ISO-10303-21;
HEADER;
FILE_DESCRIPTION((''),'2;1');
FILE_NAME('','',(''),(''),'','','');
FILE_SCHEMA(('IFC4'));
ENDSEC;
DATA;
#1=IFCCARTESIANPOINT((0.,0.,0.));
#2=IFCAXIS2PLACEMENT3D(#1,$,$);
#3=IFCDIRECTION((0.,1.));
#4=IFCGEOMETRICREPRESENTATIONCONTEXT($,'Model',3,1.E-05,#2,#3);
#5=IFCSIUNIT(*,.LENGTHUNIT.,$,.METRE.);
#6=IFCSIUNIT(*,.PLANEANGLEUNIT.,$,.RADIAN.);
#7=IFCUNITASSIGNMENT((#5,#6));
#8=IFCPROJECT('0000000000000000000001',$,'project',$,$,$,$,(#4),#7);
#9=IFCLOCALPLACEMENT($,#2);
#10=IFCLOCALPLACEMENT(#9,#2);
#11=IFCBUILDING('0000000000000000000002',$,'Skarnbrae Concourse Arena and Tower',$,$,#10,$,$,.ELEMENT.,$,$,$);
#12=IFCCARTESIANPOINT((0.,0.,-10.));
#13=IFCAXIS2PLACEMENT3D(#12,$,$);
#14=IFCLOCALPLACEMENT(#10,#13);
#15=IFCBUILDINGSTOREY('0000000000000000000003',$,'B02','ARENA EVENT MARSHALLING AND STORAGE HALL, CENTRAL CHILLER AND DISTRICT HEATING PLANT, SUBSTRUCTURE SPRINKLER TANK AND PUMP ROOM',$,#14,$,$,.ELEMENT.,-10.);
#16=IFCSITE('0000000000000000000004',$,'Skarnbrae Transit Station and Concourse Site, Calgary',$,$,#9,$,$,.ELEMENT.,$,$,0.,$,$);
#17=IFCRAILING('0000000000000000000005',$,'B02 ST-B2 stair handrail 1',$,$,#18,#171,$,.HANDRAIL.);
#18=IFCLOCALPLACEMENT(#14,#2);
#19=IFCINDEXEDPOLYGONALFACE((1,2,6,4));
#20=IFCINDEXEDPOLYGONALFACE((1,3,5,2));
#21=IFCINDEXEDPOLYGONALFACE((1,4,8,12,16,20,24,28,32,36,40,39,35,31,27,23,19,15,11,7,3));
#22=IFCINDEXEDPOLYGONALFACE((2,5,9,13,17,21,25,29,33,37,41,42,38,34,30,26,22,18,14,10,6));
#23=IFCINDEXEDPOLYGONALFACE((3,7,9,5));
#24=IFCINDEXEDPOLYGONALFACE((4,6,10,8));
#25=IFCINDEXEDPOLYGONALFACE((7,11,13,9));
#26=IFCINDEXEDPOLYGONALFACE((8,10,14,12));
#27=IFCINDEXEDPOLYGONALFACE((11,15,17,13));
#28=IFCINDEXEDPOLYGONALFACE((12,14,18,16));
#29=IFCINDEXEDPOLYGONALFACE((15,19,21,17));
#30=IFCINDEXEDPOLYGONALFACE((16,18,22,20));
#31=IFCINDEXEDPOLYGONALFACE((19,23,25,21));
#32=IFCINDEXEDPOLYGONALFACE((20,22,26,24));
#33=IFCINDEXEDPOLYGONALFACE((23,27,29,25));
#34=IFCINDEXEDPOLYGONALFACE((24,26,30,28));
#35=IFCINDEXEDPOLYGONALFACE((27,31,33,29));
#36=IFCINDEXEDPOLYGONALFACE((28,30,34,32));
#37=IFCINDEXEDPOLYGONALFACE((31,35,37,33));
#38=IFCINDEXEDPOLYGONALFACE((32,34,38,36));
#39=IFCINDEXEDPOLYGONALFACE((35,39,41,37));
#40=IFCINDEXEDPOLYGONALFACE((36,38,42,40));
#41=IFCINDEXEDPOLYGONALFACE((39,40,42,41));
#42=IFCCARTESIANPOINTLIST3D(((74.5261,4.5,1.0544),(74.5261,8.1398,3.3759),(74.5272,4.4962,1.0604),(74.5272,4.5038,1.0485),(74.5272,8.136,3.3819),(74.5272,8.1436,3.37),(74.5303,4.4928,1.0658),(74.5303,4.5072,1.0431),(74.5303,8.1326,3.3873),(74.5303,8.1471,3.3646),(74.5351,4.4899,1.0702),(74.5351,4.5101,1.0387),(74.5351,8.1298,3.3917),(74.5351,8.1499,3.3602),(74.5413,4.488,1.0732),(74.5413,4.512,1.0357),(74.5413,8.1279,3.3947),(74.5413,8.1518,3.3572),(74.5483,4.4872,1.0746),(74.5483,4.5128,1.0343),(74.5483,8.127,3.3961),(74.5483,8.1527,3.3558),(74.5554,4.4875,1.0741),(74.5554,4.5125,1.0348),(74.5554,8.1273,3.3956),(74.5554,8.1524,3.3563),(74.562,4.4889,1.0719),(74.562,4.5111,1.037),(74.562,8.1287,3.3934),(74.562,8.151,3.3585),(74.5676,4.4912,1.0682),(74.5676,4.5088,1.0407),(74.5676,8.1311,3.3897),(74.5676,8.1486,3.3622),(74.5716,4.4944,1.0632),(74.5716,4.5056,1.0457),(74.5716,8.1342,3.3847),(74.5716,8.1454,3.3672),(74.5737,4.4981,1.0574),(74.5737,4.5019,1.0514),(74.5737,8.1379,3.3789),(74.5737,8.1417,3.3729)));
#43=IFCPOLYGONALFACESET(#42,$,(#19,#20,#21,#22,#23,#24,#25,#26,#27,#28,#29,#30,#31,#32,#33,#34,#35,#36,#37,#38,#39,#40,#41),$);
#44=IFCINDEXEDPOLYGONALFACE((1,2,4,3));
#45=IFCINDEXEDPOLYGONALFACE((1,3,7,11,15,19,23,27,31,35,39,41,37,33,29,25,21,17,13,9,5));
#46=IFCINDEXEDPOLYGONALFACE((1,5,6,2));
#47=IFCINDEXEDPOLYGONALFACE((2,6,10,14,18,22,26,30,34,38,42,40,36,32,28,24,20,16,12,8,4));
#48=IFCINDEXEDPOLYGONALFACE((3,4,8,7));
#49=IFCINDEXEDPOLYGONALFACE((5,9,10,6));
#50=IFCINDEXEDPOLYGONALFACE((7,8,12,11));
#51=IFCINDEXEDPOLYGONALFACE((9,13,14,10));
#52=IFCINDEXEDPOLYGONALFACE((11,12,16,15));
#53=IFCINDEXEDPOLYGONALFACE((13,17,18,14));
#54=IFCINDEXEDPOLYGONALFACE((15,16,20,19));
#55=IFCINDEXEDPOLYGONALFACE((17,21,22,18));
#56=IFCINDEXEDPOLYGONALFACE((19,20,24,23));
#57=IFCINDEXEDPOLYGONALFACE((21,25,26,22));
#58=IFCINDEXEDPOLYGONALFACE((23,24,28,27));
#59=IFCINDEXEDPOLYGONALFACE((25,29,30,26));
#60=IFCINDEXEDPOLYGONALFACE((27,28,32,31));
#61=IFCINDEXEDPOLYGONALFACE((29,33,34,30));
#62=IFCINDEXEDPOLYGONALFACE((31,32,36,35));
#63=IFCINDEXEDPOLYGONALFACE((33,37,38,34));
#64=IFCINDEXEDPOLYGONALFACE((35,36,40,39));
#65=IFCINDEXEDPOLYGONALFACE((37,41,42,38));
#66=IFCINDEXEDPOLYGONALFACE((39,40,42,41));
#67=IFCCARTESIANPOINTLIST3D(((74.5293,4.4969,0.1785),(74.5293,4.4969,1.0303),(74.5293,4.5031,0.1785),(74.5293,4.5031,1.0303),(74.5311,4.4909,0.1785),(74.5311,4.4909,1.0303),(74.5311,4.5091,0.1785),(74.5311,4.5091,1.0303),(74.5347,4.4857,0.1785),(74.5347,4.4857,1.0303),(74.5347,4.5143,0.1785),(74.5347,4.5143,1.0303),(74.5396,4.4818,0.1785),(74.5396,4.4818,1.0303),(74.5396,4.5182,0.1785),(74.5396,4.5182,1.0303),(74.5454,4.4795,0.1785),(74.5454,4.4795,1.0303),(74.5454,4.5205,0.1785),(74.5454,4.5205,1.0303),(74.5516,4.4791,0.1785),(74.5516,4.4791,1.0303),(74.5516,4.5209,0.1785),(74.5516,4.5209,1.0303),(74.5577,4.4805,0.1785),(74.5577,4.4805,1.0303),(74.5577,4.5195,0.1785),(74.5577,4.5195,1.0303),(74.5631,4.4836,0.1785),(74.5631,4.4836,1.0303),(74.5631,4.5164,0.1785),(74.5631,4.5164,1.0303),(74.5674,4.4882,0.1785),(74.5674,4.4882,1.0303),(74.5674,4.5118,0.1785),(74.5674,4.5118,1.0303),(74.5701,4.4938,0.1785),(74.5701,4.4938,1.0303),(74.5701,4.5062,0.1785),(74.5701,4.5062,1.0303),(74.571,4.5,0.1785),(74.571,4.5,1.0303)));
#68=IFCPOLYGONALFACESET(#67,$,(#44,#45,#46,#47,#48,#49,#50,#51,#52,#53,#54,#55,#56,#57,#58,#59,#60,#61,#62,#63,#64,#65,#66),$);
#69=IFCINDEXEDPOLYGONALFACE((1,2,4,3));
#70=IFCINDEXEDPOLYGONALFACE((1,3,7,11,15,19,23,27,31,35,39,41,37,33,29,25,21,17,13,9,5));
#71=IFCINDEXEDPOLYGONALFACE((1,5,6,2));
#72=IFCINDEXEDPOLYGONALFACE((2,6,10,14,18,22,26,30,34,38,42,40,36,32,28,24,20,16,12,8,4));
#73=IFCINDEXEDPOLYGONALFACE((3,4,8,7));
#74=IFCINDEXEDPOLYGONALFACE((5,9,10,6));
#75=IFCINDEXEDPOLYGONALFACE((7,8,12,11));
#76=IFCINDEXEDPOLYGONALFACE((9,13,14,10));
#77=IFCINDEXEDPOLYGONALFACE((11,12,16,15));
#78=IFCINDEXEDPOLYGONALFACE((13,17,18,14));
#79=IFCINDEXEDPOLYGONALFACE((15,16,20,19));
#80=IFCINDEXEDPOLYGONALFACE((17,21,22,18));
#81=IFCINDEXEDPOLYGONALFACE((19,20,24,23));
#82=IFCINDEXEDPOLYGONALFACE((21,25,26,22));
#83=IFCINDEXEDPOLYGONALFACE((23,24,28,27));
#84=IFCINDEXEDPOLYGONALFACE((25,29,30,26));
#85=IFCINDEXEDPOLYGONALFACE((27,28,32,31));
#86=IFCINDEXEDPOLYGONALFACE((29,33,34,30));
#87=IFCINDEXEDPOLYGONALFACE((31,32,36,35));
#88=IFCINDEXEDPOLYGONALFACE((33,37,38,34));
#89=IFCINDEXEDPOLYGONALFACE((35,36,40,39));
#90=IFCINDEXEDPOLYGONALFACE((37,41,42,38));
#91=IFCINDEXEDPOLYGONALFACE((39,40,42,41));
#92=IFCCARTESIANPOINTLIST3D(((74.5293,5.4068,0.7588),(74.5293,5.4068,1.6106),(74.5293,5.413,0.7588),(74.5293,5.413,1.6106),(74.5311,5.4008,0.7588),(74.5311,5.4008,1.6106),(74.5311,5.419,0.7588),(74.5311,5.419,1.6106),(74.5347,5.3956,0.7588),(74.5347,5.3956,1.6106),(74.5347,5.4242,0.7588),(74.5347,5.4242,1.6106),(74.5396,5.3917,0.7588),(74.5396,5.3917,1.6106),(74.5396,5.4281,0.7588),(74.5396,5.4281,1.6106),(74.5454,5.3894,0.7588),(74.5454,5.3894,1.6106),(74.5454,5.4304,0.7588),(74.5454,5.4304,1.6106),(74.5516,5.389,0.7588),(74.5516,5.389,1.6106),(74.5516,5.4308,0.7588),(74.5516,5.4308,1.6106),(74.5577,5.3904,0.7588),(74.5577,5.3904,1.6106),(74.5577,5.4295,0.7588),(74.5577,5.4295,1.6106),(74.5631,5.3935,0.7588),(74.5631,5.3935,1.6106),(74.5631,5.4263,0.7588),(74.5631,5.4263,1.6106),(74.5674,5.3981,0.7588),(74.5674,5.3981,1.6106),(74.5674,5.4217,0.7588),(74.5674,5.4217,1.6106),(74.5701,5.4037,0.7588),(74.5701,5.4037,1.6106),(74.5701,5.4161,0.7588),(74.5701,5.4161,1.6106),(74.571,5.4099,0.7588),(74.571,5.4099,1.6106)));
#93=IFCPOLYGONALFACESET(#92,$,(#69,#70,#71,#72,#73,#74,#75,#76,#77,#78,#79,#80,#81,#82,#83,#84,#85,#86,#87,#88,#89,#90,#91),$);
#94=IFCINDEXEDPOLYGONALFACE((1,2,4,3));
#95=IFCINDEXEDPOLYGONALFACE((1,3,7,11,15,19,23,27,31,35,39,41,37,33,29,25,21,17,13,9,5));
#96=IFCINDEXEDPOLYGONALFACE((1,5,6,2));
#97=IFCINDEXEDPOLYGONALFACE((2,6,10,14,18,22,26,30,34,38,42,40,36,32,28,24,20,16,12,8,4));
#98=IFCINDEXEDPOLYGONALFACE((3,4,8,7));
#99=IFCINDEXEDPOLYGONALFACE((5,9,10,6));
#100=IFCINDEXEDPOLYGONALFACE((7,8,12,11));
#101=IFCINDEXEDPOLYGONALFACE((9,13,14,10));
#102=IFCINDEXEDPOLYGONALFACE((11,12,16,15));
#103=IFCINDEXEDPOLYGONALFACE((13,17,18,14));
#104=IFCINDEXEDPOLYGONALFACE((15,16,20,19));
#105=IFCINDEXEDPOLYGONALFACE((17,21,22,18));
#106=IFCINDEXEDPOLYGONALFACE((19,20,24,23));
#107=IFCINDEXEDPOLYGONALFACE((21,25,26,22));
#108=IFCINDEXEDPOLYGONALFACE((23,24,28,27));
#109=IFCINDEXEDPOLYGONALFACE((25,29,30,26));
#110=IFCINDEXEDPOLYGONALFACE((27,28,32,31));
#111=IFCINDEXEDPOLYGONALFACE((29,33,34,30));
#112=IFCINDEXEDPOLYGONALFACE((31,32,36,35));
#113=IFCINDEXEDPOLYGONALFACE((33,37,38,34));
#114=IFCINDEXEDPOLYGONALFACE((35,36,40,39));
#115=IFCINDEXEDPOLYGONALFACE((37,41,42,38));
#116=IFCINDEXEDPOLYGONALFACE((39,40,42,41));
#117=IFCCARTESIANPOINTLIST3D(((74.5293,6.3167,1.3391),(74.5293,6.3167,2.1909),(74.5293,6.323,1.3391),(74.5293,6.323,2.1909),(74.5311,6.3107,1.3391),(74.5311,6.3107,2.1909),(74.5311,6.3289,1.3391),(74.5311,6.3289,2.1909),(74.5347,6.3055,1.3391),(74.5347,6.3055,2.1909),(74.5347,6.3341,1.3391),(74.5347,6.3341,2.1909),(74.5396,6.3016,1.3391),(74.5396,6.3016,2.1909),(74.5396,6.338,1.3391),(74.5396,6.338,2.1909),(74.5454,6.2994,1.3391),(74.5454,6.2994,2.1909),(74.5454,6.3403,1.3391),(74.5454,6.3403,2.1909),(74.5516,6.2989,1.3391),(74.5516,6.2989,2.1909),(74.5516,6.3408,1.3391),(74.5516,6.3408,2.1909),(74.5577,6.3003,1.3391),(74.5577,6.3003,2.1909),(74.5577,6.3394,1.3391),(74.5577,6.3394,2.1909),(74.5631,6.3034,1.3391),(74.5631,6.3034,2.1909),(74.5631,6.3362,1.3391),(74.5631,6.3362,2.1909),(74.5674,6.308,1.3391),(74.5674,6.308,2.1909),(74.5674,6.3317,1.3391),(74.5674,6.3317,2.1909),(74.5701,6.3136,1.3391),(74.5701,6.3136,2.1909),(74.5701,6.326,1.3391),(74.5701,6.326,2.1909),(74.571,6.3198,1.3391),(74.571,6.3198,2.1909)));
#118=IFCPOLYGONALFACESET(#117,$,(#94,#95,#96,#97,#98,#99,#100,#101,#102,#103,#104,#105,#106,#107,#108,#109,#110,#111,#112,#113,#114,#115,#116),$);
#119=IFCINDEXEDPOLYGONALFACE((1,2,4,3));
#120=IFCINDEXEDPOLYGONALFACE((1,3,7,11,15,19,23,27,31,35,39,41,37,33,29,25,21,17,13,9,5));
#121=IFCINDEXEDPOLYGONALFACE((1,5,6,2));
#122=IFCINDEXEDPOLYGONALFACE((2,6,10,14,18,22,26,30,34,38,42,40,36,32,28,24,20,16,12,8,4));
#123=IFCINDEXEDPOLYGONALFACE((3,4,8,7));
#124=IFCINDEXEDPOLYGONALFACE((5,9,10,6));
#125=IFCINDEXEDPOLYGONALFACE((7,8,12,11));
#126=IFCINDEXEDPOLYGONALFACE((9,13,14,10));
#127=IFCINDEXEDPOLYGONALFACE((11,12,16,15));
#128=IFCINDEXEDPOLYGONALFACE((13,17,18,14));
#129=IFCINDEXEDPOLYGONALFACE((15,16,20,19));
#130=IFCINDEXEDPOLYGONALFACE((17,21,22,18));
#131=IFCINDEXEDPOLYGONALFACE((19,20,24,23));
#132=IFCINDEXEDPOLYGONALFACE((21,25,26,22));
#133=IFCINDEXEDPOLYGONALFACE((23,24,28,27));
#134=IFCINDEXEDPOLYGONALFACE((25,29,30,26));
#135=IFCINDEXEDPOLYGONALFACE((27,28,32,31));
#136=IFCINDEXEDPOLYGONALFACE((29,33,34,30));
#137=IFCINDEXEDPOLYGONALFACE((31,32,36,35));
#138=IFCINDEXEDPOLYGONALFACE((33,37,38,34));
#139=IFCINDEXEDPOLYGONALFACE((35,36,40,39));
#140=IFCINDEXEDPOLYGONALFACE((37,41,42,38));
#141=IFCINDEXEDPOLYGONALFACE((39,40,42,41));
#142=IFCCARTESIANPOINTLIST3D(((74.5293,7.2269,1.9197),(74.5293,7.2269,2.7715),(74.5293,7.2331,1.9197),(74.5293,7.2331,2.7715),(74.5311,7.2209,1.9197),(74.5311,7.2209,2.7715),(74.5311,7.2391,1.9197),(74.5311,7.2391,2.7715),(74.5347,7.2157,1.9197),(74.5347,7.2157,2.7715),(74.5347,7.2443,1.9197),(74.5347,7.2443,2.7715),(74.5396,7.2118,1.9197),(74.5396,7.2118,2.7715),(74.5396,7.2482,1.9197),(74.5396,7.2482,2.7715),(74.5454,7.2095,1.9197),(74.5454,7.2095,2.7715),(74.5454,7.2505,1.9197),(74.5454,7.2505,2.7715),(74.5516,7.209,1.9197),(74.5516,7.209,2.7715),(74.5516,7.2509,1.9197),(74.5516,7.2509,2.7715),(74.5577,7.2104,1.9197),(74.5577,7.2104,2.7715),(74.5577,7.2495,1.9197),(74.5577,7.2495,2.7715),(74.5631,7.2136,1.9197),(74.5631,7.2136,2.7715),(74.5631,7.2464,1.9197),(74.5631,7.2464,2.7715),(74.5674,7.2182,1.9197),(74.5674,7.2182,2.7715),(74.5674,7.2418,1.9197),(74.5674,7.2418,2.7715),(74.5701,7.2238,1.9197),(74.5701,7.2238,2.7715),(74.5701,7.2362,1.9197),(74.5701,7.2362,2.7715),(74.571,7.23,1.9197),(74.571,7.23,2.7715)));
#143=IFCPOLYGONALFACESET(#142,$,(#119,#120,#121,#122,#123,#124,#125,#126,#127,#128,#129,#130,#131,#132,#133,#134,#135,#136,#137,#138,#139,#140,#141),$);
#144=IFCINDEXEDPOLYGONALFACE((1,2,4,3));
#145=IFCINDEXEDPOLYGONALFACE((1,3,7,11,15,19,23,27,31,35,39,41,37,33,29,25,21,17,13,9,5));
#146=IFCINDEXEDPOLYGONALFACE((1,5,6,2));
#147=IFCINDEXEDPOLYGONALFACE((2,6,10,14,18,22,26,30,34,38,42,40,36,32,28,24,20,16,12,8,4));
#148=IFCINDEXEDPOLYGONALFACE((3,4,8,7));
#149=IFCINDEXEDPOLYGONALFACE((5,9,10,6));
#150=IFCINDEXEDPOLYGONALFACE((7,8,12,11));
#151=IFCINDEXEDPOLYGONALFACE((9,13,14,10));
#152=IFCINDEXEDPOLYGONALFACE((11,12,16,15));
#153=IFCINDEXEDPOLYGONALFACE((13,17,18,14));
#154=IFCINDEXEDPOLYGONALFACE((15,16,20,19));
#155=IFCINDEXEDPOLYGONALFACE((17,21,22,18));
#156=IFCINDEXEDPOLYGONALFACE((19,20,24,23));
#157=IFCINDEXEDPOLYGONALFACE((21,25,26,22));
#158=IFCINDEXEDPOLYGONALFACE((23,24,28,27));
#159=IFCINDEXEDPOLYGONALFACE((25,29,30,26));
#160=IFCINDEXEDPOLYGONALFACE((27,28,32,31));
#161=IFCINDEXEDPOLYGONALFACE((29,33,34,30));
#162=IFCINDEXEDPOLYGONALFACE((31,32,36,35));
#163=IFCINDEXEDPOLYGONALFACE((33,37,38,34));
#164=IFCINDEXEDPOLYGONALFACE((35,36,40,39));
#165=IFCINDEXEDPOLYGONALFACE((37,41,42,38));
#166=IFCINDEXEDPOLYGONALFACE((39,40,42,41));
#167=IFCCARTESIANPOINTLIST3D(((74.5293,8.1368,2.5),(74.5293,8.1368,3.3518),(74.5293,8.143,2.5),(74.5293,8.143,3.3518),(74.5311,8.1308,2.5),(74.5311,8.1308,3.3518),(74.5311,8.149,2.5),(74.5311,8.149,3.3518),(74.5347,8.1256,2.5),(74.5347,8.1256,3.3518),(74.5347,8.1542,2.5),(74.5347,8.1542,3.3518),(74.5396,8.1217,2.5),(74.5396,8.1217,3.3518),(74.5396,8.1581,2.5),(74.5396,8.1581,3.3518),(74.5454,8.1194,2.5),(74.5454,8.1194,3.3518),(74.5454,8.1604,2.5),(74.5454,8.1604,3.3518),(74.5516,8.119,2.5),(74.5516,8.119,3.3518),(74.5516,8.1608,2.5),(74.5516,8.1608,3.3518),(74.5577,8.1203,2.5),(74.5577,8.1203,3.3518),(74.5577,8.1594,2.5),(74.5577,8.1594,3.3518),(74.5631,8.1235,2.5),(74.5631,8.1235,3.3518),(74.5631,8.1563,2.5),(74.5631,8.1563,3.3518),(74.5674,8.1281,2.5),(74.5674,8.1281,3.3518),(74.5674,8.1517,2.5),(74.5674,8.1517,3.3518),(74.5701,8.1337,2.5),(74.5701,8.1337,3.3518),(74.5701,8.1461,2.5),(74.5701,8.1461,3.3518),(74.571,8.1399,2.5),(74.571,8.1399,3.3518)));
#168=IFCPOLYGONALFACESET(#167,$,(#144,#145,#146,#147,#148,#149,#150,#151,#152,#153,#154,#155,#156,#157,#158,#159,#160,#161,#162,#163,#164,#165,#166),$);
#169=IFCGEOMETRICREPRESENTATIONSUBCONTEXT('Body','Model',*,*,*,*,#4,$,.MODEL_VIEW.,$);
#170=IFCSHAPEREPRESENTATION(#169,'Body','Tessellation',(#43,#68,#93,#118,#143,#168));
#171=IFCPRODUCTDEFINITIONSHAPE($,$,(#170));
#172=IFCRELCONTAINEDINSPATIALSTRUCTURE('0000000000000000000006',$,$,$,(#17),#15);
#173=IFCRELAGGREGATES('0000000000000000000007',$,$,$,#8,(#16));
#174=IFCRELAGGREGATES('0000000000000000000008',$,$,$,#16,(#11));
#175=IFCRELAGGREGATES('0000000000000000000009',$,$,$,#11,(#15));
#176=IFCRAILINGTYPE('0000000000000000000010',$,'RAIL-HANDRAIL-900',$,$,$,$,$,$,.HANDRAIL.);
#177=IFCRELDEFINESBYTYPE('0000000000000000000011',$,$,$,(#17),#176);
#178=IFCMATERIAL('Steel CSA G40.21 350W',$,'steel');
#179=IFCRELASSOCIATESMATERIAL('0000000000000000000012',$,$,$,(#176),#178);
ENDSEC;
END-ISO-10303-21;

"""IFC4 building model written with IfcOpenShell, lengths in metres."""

from ifc_helpers import new_model, si_unit, direction, frame, origin, origin_2d, place, context, subcontext, project, spatial, circle, extrude, material, type_object, element, save


model = new_model("IFC4")

# Units and contexts
model_context = context("Model", 3, precision=1e-05, world=origin(), true_north=direction((0.0, 1.0)))
body_context = subcontext(model_context, "Body", "Model", "MODEL_VIEW")
ifc_project = project(units=[si_unit("LENGTHUNIT", "METRE"), si_unit("PLANEANGLEUNIT", "RADIAN")], contexts=[model_context])

# Site, building, storey
site_placement = place(None, origin())
site = spatial("IfcSite", under=ifc_project, at=site_placement, Name="Skarnbrae Transit Station and Concourse Site, Calgary", CompositionType="ELEMENT", RefElevation=0.0)
building_placement = place(site_placement, origin())
building = spatial("IfcBuilding", under=site, at=building_placement, Name="Skarnbrae Concourse Arena and Tower", CompositionType="ELEMENT")
storey_placement = place(building_placement, frame((0.0, 0.0, -10.0)))
storey = spatial("IfcBuildingStorey", under=building, at=storey_placement, Name="B02", Description="ARENA EVENT MARSHALLING AND STORAGE HALL, CENTRAL CHILLER AND DISTRICT HEATING PLANT, SUBSTRUCTURE SPRINKLER TANK AND PUMP ROOM", CompositionType="ELEMENT", Elevation=-10.0)

# Shared definitions
ifc_material_1 = material(Name="Steel CSA G40.21 350W", Category="steel")

# Railing
railing_type_1 = type_object("IfcRailingType", Name="RAIL-HANDRAIL-900", PredefinedType="HANDRAIL", material=ifc_material_1)
railing_1_placement = place(storey_placement, frame((74.55, 4.5, 0.1785)))
element("IfcRailing", 1, at=railing_1_placement, inside=storey, type_object=railing_type_1, Name="B02 ST-B2 stair handrail 1", PredefinedType="HANDRAIL", context=body_context, shape_type="SweptSolid", body=[
    extrude(circle(Radius=0.0239, at=origin_2d()), frame((0.0, 0.0, 0.876), z_axis=(0.0, 0.843112, 0.537739), x_axis=(-1.0, 0.0, 0.0)), (0.0, 0.0, 1.0), 4.3171),
    extrude(circle(Radius=0.021, at=origin_2d()), origin(), (0.0, 0.0, 1.0), 0.8518),
    extrude(circle(Radius=0.021, at=origin_2d()), frame((0.0, 0.9099, 0.5803)), (0.0, 0.0, 1.0), 0.8518),
    extrude(circle(Radius=0.021, at=origin_2d()), frame((0.0, 1.8198, 1.1606)), (0.0, 0.0, 1.0), 0.8518),
    extrude(circle(Radius=0.021, at=origin_2d()), frame((0.0, 2.73, 1.7412)), (0.0, 0.0, 1.0), 0.8518),
    extrude(circle(Radius=0.021, at=origin_2d()), frame((0.0, 3.6399, 2.3215)), (0.0, 0.0, 1.0), 0.8518),
])

save(model, "model.ifc")
